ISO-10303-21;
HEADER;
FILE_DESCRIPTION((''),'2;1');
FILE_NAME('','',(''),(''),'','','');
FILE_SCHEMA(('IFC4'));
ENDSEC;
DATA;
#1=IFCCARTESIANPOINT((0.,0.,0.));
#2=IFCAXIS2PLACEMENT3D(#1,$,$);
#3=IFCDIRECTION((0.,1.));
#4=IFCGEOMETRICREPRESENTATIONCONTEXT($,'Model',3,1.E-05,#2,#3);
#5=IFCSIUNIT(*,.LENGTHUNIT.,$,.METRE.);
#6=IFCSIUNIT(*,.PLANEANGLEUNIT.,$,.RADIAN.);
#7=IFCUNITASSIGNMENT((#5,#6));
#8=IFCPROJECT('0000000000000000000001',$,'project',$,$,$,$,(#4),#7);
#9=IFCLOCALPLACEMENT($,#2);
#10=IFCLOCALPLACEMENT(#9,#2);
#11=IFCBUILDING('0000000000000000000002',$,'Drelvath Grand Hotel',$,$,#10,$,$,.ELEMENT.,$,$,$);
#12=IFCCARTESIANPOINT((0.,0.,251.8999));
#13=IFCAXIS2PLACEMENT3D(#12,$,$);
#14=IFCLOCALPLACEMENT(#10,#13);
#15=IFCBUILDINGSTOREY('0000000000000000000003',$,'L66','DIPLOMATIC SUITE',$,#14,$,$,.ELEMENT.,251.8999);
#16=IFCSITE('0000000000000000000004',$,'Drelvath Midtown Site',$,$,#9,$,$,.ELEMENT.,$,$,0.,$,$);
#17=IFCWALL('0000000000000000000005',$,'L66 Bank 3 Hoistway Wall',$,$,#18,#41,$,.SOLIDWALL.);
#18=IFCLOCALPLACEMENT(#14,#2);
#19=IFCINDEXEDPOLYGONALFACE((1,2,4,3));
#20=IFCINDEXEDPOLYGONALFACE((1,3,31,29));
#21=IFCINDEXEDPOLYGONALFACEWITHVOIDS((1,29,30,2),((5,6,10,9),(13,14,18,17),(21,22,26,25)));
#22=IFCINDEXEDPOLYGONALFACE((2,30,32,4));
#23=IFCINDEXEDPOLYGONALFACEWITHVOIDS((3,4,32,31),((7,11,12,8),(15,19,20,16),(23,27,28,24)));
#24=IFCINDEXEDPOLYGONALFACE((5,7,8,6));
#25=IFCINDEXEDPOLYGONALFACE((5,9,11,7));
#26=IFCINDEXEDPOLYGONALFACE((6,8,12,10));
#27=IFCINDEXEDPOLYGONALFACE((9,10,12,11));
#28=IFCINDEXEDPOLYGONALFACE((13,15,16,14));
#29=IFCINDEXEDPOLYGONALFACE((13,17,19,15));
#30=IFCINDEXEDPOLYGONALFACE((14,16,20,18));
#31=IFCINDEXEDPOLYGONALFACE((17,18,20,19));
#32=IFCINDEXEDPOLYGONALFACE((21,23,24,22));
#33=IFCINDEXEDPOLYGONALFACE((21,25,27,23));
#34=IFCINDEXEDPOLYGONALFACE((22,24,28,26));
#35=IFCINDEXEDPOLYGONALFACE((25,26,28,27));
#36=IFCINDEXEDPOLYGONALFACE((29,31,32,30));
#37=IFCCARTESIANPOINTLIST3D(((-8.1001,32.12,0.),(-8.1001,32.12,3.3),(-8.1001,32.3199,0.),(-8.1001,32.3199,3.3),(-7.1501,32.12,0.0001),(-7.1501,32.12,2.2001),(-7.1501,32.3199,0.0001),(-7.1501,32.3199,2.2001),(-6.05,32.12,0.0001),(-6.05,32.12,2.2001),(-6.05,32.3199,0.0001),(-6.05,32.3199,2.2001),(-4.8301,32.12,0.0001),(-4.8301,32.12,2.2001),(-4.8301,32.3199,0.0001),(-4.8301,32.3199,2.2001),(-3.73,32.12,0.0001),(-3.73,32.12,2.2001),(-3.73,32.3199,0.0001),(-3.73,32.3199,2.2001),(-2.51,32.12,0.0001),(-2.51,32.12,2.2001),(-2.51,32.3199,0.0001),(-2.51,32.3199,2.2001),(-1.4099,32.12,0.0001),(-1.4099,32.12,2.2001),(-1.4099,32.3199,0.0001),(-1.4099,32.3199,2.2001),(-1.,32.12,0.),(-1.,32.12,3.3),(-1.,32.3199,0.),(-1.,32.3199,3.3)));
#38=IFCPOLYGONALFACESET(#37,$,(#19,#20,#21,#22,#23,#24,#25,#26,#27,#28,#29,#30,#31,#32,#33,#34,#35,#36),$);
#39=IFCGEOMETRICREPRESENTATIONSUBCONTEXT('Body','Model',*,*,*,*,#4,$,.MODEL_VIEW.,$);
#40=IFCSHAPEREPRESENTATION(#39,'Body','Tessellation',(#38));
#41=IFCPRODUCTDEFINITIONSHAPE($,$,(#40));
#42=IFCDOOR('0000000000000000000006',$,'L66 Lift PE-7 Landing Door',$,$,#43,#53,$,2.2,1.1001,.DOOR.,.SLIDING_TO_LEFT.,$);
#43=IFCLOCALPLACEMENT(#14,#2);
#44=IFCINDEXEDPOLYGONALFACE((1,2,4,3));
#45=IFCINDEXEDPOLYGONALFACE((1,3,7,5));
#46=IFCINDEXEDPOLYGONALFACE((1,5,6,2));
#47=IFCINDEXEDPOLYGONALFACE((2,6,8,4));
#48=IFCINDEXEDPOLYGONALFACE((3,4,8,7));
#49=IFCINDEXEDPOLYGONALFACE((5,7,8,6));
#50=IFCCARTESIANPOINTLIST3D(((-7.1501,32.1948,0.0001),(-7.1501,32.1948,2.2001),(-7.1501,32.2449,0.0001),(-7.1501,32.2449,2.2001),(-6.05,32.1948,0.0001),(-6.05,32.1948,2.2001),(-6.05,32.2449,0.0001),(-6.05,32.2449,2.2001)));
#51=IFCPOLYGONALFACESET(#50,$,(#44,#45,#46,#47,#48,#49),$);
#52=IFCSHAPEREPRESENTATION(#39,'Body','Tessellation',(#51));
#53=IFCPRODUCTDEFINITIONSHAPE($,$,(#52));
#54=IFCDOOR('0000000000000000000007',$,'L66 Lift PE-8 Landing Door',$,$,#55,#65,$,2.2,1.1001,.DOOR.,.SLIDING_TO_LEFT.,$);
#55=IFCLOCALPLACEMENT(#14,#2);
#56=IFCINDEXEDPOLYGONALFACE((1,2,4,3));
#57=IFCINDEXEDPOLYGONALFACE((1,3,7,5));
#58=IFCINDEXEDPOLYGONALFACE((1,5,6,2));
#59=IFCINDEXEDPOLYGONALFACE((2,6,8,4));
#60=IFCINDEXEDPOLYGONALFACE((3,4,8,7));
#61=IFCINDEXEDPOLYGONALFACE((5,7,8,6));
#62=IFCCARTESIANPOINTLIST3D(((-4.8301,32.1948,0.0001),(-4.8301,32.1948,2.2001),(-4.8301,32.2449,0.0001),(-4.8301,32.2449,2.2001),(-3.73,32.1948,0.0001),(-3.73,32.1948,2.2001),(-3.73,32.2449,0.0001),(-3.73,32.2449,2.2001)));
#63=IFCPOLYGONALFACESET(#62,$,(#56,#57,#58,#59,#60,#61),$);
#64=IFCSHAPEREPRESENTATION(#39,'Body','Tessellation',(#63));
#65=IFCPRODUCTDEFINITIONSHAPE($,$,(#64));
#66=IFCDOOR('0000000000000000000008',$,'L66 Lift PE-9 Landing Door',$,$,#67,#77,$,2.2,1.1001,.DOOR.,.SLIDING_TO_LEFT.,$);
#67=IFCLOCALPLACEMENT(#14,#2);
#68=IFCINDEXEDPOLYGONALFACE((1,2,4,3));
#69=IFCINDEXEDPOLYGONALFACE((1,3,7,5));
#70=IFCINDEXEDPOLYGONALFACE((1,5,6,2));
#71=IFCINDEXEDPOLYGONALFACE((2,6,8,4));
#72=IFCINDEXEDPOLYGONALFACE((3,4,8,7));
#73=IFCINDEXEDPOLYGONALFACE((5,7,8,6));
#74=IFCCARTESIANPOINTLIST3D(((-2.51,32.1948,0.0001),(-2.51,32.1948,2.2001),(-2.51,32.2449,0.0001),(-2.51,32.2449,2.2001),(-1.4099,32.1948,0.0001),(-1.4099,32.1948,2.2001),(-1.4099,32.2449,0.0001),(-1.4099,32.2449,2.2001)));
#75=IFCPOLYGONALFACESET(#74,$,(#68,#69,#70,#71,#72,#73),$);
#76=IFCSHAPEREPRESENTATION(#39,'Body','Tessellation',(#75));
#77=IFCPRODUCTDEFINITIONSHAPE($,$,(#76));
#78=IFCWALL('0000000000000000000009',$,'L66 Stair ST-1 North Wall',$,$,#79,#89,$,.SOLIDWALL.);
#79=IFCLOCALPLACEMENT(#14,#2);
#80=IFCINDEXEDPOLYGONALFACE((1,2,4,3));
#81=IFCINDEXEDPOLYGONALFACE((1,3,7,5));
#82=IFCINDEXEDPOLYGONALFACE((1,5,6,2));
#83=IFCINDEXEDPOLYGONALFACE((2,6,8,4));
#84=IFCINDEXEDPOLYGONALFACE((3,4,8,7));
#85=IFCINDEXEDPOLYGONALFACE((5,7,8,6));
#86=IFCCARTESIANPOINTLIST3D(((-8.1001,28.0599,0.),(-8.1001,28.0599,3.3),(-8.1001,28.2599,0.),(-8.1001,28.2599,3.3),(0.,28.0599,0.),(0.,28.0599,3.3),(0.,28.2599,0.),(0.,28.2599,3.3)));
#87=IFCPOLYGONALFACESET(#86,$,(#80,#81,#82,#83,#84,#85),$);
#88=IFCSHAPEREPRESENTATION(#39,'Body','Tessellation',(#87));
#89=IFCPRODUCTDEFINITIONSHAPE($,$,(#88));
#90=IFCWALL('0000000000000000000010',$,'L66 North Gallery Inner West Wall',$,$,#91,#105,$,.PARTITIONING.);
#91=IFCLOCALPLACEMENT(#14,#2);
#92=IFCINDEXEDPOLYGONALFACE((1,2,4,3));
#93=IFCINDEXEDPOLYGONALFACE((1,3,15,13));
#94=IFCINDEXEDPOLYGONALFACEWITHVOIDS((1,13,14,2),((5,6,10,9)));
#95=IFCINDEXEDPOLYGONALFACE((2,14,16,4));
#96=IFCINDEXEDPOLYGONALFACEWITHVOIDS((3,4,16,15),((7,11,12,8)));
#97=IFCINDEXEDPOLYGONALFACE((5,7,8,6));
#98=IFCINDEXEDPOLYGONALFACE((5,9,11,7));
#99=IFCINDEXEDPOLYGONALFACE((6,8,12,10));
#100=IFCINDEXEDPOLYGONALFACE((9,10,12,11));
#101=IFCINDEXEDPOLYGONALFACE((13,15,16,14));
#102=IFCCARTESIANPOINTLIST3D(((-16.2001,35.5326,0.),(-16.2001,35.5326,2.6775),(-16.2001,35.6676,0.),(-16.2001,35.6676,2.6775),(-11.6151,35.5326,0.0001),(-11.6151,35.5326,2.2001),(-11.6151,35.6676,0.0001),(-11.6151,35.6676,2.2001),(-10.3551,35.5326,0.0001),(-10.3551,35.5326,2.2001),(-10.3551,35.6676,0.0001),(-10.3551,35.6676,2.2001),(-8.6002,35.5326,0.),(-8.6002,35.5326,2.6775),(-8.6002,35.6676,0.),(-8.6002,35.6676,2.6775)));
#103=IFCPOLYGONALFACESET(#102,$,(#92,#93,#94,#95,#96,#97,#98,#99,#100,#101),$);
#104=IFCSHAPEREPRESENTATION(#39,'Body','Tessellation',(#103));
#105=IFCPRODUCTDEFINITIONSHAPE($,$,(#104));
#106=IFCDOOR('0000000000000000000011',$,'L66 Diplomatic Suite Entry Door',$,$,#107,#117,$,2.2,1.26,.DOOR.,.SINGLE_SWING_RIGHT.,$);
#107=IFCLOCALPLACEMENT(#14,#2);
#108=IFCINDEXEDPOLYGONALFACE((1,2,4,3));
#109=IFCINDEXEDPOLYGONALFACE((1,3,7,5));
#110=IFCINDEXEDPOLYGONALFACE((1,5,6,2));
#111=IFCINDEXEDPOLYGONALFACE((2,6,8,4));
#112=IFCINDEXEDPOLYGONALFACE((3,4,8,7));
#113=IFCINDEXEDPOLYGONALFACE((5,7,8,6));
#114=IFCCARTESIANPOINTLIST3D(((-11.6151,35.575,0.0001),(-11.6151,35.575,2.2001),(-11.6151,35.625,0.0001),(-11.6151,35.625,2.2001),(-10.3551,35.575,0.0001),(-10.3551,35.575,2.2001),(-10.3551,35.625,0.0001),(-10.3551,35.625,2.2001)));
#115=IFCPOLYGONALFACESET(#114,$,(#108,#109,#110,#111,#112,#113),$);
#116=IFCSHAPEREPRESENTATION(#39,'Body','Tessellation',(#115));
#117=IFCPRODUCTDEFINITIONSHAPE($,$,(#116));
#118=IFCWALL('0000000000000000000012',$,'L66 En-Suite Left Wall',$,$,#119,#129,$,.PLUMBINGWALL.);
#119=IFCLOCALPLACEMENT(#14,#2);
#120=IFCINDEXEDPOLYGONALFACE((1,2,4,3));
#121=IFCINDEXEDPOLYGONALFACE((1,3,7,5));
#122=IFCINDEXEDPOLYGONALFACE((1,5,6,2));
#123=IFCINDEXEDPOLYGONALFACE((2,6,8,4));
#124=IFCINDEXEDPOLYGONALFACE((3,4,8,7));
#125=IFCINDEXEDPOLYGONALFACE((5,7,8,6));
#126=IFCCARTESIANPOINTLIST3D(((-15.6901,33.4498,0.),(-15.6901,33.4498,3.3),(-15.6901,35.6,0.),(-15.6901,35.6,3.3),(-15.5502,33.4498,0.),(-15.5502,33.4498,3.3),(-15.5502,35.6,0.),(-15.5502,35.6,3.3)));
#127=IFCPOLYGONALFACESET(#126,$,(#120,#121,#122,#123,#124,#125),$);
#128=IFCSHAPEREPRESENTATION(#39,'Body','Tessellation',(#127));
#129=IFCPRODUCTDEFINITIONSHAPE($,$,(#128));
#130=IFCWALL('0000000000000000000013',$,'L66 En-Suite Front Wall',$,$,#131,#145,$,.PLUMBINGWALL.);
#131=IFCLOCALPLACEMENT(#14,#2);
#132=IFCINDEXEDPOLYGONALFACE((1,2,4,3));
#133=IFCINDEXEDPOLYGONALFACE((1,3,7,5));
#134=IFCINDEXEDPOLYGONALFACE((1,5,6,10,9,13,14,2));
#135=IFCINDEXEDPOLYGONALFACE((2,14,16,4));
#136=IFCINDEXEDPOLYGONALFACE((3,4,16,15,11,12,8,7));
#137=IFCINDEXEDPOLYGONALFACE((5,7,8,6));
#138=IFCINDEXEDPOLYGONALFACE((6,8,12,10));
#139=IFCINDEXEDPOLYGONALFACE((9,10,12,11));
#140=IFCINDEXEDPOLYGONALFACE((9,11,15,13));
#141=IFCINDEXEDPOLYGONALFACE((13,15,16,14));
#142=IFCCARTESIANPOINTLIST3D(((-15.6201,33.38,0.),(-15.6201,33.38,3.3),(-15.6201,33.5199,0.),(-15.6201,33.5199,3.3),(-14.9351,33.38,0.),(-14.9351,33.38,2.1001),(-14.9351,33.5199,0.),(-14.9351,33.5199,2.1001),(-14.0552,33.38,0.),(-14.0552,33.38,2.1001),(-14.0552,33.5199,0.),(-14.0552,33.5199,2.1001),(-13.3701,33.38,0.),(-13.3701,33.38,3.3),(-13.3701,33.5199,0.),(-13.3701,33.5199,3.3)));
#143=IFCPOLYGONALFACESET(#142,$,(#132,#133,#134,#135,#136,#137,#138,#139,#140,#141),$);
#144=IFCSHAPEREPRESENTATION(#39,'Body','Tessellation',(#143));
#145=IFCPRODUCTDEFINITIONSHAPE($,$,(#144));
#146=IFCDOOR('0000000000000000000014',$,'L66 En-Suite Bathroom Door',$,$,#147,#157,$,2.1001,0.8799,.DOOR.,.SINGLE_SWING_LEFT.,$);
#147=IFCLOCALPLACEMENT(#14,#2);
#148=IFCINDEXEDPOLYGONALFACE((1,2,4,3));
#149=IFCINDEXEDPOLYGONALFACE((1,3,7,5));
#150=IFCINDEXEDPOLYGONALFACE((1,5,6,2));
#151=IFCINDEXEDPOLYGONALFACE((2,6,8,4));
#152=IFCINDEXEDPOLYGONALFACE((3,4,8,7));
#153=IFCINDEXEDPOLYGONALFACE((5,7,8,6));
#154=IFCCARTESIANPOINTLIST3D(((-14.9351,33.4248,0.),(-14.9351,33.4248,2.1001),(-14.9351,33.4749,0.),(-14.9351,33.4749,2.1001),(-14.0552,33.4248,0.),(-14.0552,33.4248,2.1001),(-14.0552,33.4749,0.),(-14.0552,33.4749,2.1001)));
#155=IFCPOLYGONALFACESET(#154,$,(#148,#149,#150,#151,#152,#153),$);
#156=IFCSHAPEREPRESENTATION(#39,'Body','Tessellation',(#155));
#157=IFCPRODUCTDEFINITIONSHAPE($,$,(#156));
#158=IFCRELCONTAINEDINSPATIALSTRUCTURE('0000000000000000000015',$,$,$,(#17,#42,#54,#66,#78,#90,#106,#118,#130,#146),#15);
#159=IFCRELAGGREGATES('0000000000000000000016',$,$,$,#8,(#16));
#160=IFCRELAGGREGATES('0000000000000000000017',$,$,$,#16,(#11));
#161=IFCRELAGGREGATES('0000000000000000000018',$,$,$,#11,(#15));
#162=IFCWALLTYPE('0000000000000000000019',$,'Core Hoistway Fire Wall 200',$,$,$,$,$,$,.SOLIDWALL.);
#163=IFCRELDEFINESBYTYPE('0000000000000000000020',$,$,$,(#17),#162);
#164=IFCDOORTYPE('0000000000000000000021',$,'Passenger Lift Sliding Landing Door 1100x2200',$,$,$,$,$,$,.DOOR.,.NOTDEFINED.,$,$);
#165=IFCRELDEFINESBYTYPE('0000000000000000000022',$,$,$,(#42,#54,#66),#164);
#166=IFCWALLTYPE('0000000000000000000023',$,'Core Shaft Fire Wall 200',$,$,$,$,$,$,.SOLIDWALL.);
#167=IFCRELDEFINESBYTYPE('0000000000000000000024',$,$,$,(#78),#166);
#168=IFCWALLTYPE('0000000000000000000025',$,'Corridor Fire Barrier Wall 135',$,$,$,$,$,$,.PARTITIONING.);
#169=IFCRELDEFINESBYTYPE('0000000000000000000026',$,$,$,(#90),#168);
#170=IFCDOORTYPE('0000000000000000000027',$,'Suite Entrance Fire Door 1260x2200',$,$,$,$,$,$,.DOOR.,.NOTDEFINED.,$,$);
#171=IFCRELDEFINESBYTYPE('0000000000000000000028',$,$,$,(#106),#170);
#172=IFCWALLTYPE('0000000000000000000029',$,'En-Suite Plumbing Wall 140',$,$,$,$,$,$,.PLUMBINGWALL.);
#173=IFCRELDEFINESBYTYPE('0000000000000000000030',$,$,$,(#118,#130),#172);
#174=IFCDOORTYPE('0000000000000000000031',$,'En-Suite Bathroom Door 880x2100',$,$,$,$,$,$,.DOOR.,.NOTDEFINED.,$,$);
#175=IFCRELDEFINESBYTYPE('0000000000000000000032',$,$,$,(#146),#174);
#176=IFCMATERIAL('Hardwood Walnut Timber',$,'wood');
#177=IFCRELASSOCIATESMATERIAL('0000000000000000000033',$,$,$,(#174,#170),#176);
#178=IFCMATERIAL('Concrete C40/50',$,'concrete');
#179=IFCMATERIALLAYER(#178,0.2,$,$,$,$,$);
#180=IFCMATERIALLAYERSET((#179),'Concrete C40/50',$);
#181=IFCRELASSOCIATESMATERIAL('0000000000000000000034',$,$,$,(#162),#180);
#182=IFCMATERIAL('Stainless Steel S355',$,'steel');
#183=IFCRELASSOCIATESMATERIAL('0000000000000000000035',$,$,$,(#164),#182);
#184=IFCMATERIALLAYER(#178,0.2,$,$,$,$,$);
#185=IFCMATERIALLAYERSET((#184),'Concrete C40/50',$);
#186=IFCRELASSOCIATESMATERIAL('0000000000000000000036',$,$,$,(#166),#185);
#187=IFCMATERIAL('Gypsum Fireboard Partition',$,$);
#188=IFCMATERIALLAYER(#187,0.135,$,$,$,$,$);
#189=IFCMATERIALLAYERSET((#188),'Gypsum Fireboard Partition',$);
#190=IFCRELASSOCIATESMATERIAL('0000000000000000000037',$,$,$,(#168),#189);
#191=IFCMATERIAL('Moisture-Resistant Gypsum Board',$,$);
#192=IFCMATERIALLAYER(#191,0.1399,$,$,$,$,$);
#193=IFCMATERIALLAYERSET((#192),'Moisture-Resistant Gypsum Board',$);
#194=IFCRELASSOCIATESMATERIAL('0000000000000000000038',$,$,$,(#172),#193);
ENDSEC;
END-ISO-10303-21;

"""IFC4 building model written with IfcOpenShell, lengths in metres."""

from ifc_helpers import new_model, si_unit, direction, frame, frame_2d, origin, place, context, subcontext, project, spatial, rectangle, extrude, material, layer, layer_set, type_object, element, fill, save


model = new_model("IFC4")

# Units and contexts
model_context = context("Model", 3, precision=1e-05, world=origin(), true_north=direction((0.0, 1.0)))
body_context = subcontext(model_context, "Body", "Model", "MODEL_VIEW")
ifc_project = project(units=[si_unit("LENGTHUNIT", "METRE"), si_unit("PLANEANGLEUNIT", "RADIAN")], contexts=[model_context])

# Site, building, storey
site_placement = place(None, origin())
site = spatial("IfcSite", under=ifc_project, at=site_placement, Name="Drelvath Midtown Site", CompositionType="ELEMENT", RefElevation=0.0)
building_placement = place(site_placement, origin())
building = spatial("IfcBuilding", under=site, at=building_placement, Name="Drelvath Grand Hotel", CompositionType="ELEMENT")
storey_placement = place(building_placement, frame((0.0, 0.0, 251.8999)))
storey = spatial("IfcBuildingStorey", under=building, at=storey_placement, Name="L66", Description="DIPLOMATIC SUITE", CompositionType="ELEMENT", Elevation=251.8999)

# Wall, openings, doors
ifc_material_1 = material(Name="Hardwood Walnut Timber", Category="wood")
door_type_1 = type_object("IfcDoorType", Name="En-Suite Bathroom Door 880x2100", OperationType="NOTDEFINED", PredefinedType="DOOR", material=ifc_material_1)
ifc_material_2 = material(Name="Concrete C40/50", Category="concrete")
ifc_layer_1 = layer(ifc_material_2, 0.2)
ifc_layer_set_1 = layer_set([ifc_layer_1], Name="Concrete C40/50")
wall_type_1 = type_object("IfcWallType", Name="Core Hoistway Fire Wall 200", PredefinedType="SOLIDWALL", material=ifc_layer_set_1)
wall_1_placement = place(storey_placement, frame((-8.1001, 32.22, 0.0), z_axis=(0.0, 0.0, 1.0), x_axis=(1.0, 0.0, 0.0)))
wall_1 = element("IfcWall", 1, at=wall_1_placement, inside=storey, type_object=wall_type_1, Name="L66 Bank 3 Hoistway Wall", PredefinedType="SOLIDWALL", context=body_context, shape_type="SweptSolid", body=[
    extrude(rectangle(XDim=7.1001, YDim=0.2, at=frame_2d((3.55, 0.0))), origin(), (0.0, 0.0, 1.0), 3.3),
])
opening_1_placement = place(wall_1_placement, frame((0.95, 0.0, 0.0)))
opening_1 = element("IfcOpeningElement", 2, at=opening_1_placement, cuts=wall_1, PredefinedType="OPENING", context=body_context, shape_type="SweptSolid", body=[
    extrude(rectangle(XDim=1.1001, YDim=2.2, at=frame_2d((0.55, 1.1001))), frame((0.0, 0.1099, 0.0), z_axis=(0.0, -1.0, 0.0), x_axis=(1.0, 0.0, 0.0)), (0.0, 0.0, 1.0), 0.22),
])
opening_2_placement = place(wall_1_placement, frame((3.27, 0.0, 0.0)))
opening_2 = element("IfcOpeningElement", 3, at=opening_2_placement, cuts=wall_1, PredefinedType="OPENING", context=body_context, shape_type="SweptSolid", body=[
    extrude(rectangle(XDim=1.1001, YDim=2.2, at=frame_2d((0.55, 1.1001))), frame((0.0, 0.1099, 0.0), z_axis=(0.0, -1.0, 0.0), x_axis=(1.0, 0.0, 0.0)), (0.0, 0.0, 1.0), 0.22),
])
opening_3_placement = place(wall_1_placement, frame((5.5901, 0.0, 0.0)))
opening_3 = element("IfcOpeningElement", 4, at=opening_3_placement, cuts=wall_1, PredefinedType="OPENING", context=body_context, shape_type="SweptSolid", body=[
    extrude(rectangle(XDim=1.1001, YDim=2.2, at=frame_2d((0.55, 1.1001))), frame((0.0, 0.1099, 0.0), z_axis=(0.0, -1.0, 0.0), x_axis=(1.0, 0.0, 0.0)), (0.0, 0.0, 1.0), 0.22),
])
ifc_material_3 = material(Name="Stainless Steel S355", Category="steel")
door_type_2 = type_object("IfcDoorType", Name="Passenger Lift Sliding Landing Door 1100x2200", OperationType="NOTDEFINED", PredefinedType="DOOR", material=ifc_material_3)
door_1_placement = place(opening_1_placement, origin())
door_1 = element("IfcDoor", 5, at=door_1_placement, inside=storey, type_object=door_type_2, Name="L66 Lift PE-7 Landing Door", OperationType="SLIDING_TO_LEFT", OverallHeight=2.2, OverallWidth=1.1001, PredefinedType="DOOR", context=body_context, shape_type="SweptSolid", body=[
    extrude(rectangle(XDim=1.1001, YDim=2.2, at=frame_2d((0.55, 1.1001))), frame((0.0, 0.0249, 0.0), z_axis=(0.0, -1.0, 0.0), x_axis=(1.0, 0.0, 0.0)), (0.0, 0.0, 1.0), 0.05),
])
fill(opening_1, door_1)
door_2_placement = place(opening_2_placement, origin())
door_2 = element("IfcDoor", 6, at=door_2_placement, inside=storey, type_object=door_type_2, Name="L66 Lift PE-8 Landing Door", OperationType="SLIDING_TO_LEFT", OverallHeight=2.2, OverallWidth=1.1001, PredefinedType="DOOR", context=body_context, shape_type="SweptSolid", body=[
    extrude(rectangle(XDim=1.1001, YDim=2.2, at=frame_2d((0.55, 1.1001))), frame((0.0, 0.0249, 0.0), z_axis=(0.0, -1.0, 0.0), x_axis=(1.0, 0.0, 0.0)), (0.0, 0.0, 1.0), 0.05),
])
fill(opening_2, door_2)
door_3_placement = place(opening_3_placement, origin())
door_3 = element("IfcDoor", 7, at=door_3_placement, inside=storey, type_object=door_type_2, Name="L66 Lift PE-9 Landing Door", OperationType="SLIDING_TO_LEFT", OverallHeight=2.2, OverallWidth=1.1001, PredefinedType="DOOR", context=body_context, shape_type="SweptSolid", body=[
    extrude(rectangle(XDim=1.1001, YDim=2.2, at=frame_2d((0.55, 1.1001))), frame((0.0, 0.0249, 0.0), z_axis=(0.0, -1.0, 0.0), x_axis=(1.0, 0.0, 0.0)), (0.0, 0.0, 1.0), 0.05),
])
fill(opening_3, door_3)

# Wall
ifc_layer_2 = layer(ifc_material_2, 0.2)
ifc_layer_set_2 = layer_set([ifc_layer_2], Name="Concrete C40/50")
wall_type_2 = type_object("IfcWallType", Name="Core Shaft Fire Wall 200", PredefinedType="SOLIDWALL", material=ifc_layer_set_2)
wall_2_placement = place(storey_placement, frame((-8.1001, 28.1599, 0.0), z_axis=(0.0, 0.0, 1.0), x_axis=(1.0, 0.0, 0.0)))
element("IfcWall", 8, at=wall_2_placement, inside=storey, type_object=wall_type_2, Name="L66 Stair ST-1 North Wall", PredefinedType="SOLIDWALL", context=body_context, shape_type="SweptSolid", body=[
    extrude(rectangle(XDim=8.1001, YDim=0.2, at=frame_2d((4.05, 0.0))), origin(), (0.0, 0.0, 1.0), 3.3),
])

# Wall, opening, door
ifc_material_4 = material(Name="Gypsum Fireboard Partition")
ifc_layer_3 = layer(ifc_material_4, 0.135)
ifc_layer_set_3 = layer_set([ifc_layer_3], Name="Gypsum Fireboard Partition")
wall_type_3 = type_object("IfcWallType", Name="Corridor Fire Barrier Wall 135", PredefinedType="PARTITIONING", material=ifc_layer_set_3)
wall_3_placement = place(storey_placement, frame((-16.2, 35.6001, 0.0), z_axis=(0.0, 0.0, 1.0), x_axis=(1.0, 0.0, 0.0)))
wall_3 = element("IfcWall", 9, at=wall_3_placement, inside=storey, type_object=wall_type_3, Name="L66 North Gallery Inner West Wall", PredefinedType="PARTITIONING", context=body_context, shape_type="SweptSolid", body=[
    extrude(rectangle(XDim=7.5999, YDim=0.135, at=frame_2d((3.7998, 0.0))), origin(), (0.0, 0.0, 1.0), 2.6775),
])
opening_4_placement = place(wall_3_placement, frame((4.585, 0.0, 0.0)))
opening_4 = element("IfcOpeningElement", 10, at=opening_4_placement, cuts=wall_3, PredefinedType="OPENING", context=body_context, shape_type="SweptSolid", body=[
    extrude(rectangle(XDim=1.26, YDim=2.2, at=frame_2d((0.6299, 1.1001))), frame((0.0, 0.0774, 0.0), z_axis=(0.0, -1.0, 0.0), x_axis=(1.0, 0.0, 0.0)), (0.0, 0.0, 1.0), 0.155),
])
door_type_3 = type_object("IfcDoorType", Name="Suite Entrance Fire Door 1260x2200", OperationType="NOTDEFINED", PredefinedType="DOOR", material=ifc_material_1)
door_4_placement = place(opening_4_placement, origin())
door_4 = element("IfcDoor", 11, at=door_4_placement, inside=storey, type_object=door_type_3, Name="L66 Diplomatic Suite Entry Door", OperationType="SINGLE_SWING_RIGHT", OverallHeight=2.2, OverallWidth=1.26, PredefinedType="DOOR", context=body_context, shape_type="SweptSolid", body=[
    extrude(rectangle(XDim=1.26, YDim=2.2, at=frame_2d((0.6299, 1.1001))), frame((0.0, 0.0249, 0.0), z_axis=(0.0, -1.0, 0.0), x_axis=(1.0, 0.0, 0.0)), (0.0, 0.0, 1.0), 0.05),
])
fill(opening_4, door_4)

# Wall
ifc_material_5 = material(Name="Moisture-Resistant Gypsum Board")
ifc_layer_4 = layer(ifc_material_5, 0.1399)
ifc_layer_set_4 = layer_set([ifc_layer_4], Name="Moisture-Resistant Gypsum Board")
wall_type_4 = type_object("IfcWallType", Name="En-Suite Plumbing Wall 140", PredefinedType="PLUMBINGWALL", material=ifc_layer_set_4)
wall_4_placement = place(storey_placement, frame((-15.6201, 35.6001, 0.0), z_axis=(0.0, 0.0, 1.0), x_axis=(0.0, -1.0, 0.0)))
element("IfcWall", 12, at=wall_4_placement, inside=storey, type_object=wall_type_4, Name="L66 En-Suite Left Wall", PredefinedType="PLUMBINGWALL", context=body_context, shape_type="SweptSolid", body=[
    extrude(rectangle(XDim=2.1501, YDim=0.1399, at=frame_2d((1.0752, 0.0))), origin(), (0.0, 0.0, 1.0), 3.3),
])

# Wall, opening, door
wall_5_placement = place(storey_placement, frame((-15.6201, 33.45, 0.0), z_axis=(0.0, 0.0, 1.0), x_axis=(1.0, 0.0, 0.0)))
wall_5 = element("IfcWall", 13, at=wall_5_placement, inside=storey, type_object=wall_type_4, Name="L66 En-Suite Front Wall", PredefinedType="PLUMBINGWALL", context=body_context, shape_type="SweptSolid", body=[
    extrude(rectangle(XDim=2.25, YDim=0.1399, at=frame_2d((1.125, 0.0))), origin(), (0.0, 0.0, 1.0), 3.3),
])
opening_5_placement = place(wall_5_placement, frame((0.6851, 0.0, 0.0)))
opening_5 = element("IfcOpeningElement", 14, at=opening_5_placement, cuts=wall_5, PredefinedType="OPENING", context=body_context, shape_type="SweptSolid", body=[
    extrude(rectangle(XDim=0.8799, YDim=2.1001, at=frame_2d((0.4399, 1.05))), frame((0.0, 0.0798, 0.0), z_axis=(0.0, -1.0, 0.0), x_axis=(1.0, 0.0, 0.0)), (0.0, 0.0, 1.0), 0.1599),
])
door_5_placement = place(opening_5_placement, origin())
door_5 = element("IfcDoor", 15, at=door_5_placement, inside=storey, type_object=door_type_1, Name="L66 En-Suite Bathroom Door", OperationType="SINGLE_SWING_LEFT", OverallHeight=2.1001, OverallWidth=0.8799, PredefinedType="DOOR", context=body_context, shape_type="SweptSolid", body=[
    extrude(rectangle(XDim=0.8799, YDim=2.1001, at=frame_2d((0.4399, 1.05))), frame((0.0, 0.0249, 0.0), z_axis=(0.0, -1.0, 0.0), x_axis=(1.0, 0.0, 0.0)), (0.0, 0.0, 1.0), 0.05),
])
fill(opening_5, door_5)

save(model, "model.ifc")
